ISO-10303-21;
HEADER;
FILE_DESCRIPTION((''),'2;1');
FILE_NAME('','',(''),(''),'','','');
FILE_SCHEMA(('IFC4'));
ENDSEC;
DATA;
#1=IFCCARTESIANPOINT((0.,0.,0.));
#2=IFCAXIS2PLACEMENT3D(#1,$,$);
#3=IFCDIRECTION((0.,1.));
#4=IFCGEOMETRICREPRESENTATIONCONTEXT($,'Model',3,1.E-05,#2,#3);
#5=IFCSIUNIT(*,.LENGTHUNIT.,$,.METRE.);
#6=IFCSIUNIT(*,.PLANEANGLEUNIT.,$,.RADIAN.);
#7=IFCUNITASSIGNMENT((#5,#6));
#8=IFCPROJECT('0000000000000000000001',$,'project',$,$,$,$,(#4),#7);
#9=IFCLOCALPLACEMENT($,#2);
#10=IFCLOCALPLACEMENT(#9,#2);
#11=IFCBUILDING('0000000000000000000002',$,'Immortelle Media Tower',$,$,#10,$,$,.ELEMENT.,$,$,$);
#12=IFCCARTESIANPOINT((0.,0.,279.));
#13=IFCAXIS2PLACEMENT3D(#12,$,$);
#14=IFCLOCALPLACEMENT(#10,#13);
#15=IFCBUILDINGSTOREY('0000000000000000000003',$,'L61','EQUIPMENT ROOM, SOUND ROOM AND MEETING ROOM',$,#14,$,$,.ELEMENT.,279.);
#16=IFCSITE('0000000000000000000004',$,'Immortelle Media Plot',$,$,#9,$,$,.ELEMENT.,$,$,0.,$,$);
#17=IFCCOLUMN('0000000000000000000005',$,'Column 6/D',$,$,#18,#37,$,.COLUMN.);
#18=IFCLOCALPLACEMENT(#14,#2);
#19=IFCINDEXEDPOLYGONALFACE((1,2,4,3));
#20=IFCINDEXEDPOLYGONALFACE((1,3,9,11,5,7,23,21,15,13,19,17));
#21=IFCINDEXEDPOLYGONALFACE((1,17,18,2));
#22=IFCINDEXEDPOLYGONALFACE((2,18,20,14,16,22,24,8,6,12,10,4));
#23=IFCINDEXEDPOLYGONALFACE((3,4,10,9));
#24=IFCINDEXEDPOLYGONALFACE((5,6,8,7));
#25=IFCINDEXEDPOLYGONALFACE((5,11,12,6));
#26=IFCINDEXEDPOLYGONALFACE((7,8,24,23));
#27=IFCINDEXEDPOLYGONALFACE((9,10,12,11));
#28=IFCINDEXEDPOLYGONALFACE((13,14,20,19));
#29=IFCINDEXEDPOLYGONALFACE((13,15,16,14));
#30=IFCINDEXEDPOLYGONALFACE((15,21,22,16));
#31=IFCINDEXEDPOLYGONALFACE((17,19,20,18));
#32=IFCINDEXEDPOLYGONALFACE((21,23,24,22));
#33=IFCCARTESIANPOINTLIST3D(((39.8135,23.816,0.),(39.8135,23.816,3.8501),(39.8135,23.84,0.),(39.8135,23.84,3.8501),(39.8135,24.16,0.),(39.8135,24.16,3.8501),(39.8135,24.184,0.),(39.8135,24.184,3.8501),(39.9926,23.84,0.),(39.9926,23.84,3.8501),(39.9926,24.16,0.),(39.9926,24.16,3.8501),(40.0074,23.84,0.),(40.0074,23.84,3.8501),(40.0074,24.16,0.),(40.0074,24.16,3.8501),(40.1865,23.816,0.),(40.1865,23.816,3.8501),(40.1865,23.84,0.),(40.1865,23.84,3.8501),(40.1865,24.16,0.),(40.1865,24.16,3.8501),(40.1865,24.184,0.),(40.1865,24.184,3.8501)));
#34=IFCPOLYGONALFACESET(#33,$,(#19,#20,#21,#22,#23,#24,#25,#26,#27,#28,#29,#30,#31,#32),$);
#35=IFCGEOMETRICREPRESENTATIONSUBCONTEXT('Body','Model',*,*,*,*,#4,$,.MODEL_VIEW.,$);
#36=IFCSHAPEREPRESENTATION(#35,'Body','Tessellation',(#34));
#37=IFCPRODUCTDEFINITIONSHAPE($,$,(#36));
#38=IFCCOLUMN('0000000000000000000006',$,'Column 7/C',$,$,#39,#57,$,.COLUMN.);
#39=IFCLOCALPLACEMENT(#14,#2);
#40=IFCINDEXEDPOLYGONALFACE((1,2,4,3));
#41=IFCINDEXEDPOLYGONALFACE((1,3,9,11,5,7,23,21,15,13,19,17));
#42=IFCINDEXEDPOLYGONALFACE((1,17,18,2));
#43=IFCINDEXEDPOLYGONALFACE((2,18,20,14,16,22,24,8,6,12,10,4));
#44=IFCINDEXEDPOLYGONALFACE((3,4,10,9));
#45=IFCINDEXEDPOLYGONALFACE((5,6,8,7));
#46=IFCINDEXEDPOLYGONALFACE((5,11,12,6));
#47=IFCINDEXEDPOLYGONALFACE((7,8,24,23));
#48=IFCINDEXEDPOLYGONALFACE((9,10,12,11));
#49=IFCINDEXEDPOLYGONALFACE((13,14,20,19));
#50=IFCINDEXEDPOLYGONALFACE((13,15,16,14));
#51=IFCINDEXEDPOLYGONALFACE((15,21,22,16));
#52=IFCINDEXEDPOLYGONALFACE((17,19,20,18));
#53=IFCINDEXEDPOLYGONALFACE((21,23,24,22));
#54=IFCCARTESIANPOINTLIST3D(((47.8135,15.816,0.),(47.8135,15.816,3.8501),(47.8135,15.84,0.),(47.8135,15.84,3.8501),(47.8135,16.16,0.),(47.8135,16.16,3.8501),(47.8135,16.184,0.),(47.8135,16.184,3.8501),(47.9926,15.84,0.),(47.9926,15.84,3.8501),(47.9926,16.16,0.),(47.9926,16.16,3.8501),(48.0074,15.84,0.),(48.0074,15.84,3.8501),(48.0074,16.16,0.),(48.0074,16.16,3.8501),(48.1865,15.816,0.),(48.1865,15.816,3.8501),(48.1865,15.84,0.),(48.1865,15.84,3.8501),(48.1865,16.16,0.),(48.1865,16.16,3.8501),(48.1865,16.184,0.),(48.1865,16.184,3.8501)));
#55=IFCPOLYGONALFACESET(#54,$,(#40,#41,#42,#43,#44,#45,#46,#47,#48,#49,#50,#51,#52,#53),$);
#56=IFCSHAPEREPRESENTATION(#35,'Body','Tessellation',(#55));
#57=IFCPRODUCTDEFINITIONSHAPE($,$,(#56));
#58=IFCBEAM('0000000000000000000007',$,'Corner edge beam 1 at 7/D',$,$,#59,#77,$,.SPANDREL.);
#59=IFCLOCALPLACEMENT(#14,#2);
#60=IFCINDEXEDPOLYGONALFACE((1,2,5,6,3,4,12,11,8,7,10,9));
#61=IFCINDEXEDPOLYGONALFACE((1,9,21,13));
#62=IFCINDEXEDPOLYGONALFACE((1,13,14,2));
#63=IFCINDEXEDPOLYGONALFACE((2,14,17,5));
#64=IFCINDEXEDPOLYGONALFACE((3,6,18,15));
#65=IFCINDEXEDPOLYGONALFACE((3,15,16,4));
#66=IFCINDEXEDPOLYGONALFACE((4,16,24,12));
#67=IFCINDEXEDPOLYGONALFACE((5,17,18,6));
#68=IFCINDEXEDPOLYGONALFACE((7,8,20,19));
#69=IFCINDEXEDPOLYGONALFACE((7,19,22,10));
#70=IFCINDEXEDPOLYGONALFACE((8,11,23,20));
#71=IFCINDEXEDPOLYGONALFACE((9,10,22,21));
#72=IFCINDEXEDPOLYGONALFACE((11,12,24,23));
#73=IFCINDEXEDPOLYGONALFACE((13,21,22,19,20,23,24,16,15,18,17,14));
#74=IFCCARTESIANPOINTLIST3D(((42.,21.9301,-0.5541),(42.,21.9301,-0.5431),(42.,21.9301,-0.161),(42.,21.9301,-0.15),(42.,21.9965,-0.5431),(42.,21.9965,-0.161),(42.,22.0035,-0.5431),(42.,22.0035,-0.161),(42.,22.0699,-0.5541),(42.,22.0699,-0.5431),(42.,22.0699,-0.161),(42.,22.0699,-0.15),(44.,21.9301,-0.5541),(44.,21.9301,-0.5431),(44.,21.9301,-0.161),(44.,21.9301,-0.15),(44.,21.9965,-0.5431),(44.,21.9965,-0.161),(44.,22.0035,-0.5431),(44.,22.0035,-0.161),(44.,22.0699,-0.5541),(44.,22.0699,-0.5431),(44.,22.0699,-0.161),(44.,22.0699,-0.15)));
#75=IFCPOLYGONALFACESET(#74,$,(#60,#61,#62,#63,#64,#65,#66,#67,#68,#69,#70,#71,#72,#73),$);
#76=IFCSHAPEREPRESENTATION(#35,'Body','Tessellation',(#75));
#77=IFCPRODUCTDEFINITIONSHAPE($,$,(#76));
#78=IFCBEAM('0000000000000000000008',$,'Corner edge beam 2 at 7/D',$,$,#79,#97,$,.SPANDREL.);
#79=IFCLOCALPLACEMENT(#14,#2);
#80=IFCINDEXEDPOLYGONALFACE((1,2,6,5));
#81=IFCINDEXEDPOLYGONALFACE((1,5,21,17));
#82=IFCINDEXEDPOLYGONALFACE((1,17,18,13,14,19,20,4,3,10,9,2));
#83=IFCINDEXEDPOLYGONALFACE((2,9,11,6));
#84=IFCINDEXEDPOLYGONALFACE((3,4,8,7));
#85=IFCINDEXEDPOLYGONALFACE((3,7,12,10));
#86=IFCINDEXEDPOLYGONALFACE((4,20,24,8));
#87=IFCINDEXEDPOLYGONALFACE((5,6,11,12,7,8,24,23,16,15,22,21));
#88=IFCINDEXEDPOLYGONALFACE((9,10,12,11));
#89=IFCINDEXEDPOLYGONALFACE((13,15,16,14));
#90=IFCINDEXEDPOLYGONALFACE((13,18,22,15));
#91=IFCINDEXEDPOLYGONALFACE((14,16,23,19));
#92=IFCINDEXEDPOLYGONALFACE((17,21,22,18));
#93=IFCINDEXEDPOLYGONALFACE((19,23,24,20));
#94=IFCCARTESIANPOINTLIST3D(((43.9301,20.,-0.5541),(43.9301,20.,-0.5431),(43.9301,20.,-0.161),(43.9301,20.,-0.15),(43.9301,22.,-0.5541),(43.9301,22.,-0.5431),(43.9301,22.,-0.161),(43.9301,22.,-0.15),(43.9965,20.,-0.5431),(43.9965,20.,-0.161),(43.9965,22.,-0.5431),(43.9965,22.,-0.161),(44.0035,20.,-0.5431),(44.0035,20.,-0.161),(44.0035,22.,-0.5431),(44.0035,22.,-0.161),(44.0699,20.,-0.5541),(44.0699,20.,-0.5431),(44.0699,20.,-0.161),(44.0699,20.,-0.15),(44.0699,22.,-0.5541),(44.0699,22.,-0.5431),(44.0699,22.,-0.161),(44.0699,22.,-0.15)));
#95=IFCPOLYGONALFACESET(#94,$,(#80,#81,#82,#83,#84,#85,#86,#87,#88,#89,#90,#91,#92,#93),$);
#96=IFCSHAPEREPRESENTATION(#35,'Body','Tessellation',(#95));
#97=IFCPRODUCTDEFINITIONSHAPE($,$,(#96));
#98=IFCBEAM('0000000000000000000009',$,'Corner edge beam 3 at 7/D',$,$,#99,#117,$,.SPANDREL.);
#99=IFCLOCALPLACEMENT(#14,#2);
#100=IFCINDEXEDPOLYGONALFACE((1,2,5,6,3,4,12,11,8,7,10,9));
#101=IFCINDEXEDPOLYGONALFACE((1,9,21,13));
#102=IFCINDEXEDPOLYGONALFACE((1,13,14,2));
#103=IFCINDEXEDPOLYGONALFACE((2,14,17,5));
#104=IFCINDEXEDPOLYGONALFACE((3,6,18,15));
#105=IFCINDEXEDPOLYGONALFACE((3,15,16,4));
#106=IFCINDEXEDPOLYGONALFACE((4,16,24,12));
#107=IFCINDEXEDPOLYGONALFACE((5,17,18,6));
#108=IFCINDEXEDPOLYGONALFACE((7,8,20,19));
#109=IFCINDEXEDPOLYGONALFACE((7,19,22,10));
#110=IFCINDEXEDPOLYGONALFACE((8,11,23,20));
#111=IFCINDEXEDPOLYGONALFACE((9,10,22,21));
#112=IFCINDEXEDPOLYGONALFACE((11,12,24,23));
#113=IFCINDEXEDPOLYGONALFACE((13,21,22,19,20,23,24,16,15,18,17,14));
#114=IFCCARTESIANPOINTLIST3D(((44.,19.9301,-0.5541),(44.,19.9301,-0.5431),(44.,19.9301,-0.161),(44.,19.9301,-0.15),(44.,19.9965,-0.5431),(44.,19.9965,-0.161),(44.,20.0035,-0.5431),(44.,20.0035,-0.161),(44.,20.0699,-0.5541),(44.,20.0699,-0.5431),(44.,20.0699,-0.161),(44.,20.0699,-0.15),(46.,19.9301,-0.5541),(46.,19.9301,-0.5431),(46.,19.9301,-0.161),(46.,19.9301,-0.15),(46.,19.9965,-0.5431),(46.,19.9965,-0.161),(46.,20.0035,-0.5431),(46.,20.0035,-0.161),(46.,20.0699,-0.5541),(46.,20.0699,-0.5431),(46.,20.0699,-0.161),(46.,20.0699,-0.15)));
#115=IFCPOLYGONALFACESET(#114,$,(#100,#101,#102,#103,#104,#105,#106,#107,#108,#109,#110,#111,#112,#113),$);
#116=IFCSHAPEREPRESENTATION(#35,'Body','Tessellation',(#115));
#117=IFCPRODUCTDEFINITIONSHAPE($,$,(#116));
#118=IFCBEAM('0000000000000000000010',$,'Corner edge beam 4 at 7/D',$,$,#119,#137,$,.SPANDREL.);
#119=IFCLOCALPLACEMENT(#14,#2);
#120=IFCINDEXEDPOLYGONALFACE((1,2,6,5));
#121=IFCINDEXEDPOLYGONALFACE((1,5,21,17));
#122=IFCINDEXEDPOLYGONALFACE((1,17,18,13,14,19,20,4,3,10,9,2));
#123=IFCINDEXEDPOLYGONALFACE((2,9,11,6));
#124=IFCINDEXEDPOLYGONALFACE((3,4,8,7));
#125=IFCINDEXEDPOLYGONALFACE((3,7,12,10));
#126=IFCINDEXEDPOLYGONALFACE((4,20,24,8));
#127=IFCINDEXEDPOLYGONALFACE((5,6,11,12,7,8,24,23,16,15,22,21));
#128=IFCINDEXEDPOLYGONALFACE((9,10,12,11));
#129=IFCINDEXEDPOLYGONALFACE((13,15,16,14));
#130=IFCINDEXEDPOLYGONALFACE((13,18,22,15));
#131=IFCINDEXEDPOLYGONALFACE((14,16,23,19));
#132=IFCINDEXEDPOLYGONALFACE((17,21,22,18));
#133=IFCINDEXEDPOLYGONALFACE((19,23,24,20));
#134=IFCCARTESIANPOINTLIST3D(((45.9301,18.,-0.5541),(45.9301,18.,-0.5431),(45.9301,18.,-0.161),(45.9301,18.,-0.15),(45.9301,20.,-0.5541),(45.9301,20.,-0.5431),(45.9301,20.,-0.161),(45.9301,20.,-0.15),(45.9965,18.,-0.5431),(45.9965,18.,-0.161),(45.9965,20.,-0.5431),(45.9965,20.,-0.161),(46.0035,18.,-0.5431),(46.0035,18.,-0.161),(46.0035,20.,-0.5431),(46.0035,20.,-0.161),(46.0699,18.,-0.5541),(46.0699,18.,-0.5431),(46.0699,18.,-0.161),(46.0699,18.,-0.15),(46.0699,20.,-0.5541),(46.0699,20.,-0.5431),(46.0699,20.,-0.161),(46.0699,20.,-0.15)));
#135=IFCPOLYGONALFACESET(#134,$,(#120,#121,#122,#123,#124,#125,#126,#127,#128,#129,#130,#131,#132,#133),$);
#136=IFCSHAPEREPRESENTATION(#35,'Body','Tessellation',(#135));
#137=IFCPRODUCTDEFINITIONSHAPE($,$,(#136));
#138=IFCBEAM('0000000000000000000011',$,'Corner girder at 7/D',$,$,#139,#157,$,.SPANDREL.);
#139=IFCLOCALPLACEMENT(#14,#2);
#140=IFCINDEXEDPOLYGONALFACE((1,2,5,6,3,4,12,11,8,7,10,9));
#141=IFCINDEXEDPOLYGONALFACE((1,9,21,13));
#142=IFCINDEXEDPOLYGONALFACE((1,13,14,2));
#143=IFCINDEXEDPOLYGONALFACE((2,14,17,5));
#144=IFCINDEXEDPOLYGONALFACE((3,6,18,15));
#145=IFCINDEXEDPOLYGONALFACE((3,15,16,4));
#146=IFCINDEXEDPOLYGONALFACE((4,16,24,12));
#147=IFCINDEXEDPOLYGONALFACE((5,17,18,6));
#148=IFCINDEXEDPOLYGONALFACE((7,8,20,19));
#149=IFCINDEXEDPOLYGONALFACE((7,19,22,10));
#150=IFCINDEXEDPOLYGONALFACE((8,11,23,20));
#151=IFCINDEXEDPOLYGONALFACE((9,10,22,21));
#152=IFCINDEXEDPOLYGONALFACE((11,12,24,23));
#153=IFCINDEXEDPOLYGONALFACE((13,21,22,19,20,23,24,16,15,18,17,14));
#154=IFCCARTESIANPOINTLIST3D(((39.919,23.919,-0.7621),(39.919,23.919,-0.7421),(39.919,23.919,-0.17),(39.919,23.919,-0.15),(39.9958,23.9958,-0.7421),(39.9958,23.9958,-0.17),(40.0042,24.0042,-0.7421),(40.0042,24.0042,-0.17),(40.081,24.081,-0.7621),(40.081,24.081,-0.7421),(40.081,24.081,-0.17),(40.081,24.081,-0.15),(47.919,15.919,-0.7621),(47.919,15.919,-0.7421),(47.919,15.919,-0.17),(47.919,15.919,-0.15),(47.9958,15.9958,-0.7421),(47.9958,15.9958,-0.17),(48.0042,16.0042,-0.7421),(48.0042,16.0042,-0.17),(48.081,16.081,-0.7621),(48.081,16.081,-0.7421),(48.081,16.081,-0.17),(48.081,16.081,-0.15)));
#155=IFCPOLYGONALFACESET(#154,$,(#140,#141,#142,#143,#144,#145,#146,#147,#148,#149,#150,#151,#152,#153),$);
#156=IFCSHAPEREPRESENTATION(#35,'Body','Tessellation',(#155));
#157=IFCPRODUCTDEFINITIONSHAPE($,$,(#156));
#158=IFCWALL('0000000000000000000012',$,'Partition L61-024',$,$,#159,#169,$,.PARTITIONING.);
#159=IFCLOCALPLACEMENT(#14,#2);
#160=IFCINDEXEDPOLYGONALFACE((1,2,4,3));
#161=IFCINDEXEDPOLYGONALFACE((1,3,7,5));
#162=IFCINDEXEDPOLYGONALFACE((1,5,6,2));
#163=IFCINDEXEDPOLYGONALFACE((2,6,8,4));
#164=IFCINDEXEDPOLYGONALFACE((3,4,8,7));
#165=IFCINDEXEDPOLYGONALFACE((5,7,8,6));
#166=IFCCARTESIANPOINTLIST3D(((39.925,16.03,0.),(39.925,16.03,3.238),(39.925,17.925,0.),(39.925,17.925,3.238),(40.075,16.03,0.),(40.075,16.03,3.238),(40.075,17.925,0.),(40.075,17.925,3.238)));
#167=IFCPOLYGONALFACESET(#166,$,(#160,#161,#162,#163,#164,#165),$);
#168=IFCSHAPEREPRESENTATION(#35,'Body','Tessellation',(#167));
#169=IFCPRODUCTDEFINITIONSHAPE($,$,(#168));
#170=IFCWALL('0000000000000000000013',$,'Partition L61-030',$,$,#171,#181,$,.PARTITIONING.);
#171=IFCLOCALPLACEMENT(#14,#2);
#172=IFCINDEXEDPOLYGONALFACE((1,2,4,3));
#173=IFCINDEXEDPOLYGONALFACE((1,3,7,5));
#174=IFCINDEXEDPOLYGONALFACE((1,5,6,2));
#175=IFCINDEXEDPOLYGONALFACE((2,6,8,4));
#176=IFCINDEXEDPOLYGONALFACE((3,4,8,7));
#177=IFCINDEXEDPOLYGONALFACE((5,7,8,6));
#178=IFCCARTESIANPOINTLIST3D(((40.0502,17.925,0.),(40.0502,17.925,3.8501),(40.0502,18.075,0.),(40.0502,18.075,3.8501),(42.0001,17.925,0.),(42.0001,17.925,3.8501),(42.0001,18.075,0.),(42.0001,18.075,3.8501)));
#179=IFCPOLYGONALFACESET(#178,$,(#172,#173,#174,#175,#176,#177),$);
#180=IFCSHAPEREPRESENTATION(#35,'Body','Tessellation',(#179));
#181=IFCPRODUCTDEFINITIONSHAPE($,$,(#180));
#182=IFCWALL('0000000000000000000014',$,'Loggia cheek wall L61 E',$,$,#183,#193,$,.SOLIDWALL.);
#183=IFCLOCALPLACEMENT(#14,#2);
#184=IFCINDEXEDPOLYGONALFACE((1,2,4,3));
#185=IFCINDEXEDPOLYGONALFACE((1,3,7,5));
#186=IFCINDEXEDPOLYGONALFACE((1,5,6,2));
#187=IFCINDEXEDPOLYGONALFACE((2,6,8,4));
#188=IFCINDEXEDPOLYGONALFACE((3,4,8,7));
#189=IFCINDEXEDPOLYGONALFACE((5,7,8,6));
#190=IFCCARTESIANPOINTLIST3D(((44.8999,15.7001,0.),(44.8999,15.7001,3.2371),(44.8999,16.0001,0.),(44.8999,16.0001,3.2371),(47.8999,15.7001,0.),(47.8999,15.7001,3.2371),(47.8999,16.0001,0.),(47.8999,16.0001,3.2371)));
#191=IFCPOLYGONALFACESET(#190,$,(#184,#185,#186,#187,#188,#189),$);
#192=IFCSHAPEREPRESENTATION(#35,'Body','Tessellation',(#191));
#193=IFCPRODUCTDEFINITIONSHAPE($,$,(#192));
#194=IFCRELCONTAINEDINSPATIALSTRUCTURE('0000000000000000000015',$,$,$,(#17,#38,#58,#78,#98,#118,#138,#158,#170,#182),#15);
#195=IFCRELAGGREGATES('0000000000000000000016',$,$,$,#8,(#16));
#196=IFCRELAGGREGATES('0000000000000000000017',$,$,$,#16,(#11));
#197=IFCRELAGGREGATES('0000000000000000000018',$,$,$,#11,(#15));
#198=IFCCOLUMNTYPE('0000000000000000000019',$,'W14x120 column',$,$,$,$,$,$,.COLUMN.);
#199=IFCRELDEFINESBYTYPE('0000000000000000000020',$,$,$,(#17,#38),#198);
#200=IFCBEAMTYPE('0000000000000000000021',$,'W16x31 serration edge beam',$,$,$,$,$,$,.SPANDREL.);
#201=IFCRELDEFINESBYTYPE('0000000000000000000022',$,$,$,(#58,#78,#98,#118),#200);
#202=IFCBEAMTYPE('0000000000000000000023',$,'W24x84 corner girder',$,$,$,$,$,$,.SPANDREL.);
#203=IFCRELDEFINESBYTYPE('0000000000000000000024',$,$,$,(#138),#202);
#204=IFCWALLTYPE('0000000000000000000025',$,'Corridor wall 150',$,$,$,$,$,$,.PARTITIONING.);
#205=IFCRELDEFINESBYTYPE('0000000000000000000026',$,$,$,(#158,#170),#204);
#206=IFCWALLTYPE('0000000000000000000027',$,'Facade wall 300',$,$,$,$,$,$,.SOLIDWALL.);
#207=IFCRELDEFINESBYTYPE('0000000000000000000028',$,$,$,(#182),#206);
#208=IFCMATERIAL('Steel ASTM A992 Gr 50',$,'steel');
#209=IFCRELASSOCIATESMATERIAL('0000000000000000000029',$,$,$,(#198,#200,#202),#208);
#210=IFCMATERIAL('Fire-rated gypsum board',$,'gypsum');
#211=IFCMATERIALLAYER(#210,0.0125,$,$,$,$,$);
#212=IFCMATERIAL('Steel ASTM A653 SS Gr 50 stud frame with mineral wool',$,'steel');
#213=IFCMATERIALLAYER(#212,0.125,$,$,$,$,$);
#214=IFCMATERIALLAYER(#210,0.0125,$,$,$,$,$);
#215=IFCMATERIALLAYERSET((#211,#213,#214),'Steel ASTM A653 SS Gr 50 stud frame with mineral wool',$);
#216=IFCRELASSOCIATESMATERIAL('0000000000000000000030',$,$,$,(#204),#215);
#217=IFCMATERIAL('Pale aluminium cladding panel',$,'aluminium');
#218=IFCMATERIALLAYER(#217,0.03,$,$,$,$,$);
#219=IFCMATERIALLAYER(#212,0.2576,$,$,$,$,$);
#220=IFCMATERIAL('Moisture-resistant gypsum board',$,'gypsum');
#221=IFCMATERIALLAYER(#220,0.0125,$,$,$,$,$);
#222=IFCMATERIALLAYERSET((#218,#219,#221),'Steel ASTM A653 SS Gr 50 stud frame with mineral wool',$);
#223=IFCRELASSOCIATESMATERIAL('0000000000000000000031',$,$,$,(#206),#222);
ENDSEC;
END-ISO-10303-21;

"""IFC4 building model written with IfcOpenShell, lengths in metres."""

from ifc_helpers import new_model, si_unit, direction, frame, frame_2d, origin, origin_2d, place, context, subcontext, project, spatial, rectangle, i_section, extrude, material, layer, layer_set, material_profile, profile_set, type_object, element, save


model = new_model("IFC4")

# Units and contexts
model_context = context("Model", 3, precision=1e-05, world=origin(), true_north=direction((0.0, 1.0)))
body_context = subcontext(model_context, "Body", "Model", "MODEL_VIEW")
ifc_project = project(units=[si_unit("LENGTHUNIT", "METRE"), si_unit("PLANEANGLEUNIT", "RADIAN")], contexts=[model_context])

# Site, building, storey
site_placement = place(None, origin())
site = spatial("IfcSite", under=ifc_project, at=site_placement, Name="Immortelle Media Plot", CompositionType="ELEMENT", RefElevation=0.0)
building_placement = place(site_placement, origin())
building = spatial("IfcBuilding", under=site, at=building_placement, Name="Immortelle Media Tower", CompositionType="ELEMENT")
storey_placement = place(building_placement, frame((0.0, 0.0, 279.0)))
storey = spatial("IfcBuildingStorey", under=building, at=storey_placement, Name="L61", Description="EQUIPMENT ROOM, SOUND ROOM AND MEETING ROOM", CompositionType="ELEMENT", Elevation=279.0)

# Columns
ifc_material_1 = material(Name="Steel ASTM A992 Gr 50", Category="steel")
ifc_material_profile_1 = material_profile(ifc_material_1, i_section(OverallWidth=0.373, OverallDepth=0.3679, WebThickness=0.0149, FlangeThickness=0.0239, at=origin_2d()), Name="W14x120")
ifc_profile_set_1 = profile_set([ifc_material_profile_1], Name="Steel ASTM A992 Gr 50")
column_type = type_object("IfcColumnType", Name="W14x120 column", PredefinedType="COLUMN", material=ifc_profile_set_1)
for number, where, z_axis, x_axis, name in (
    (1, (40.0, 24.0, 0.0), (0.0, 0.0, 1.0), (1.0, 0.0, 0.0), "Column 6/D"),
    (2, (48.0, 16.0, 0.0), (0.0, 0.0, 1.0), (1.0, 0.0, 0.0), "Column 7/C"),
):
    element("IfcColumn", number, at=place(storey_placement, frame(where, z_axis=z_axis, x_axis=x_axis)), inside=storey, type_object=column_type, Name=name, PredefinedType="COLUMN", context=body_context, shape_type="SweptSolid", body=[
        extrude(i_section(OverallWidth=0.373, OverallDepth=0.3679, WebThickness=0.0149, FlangeThickness=0.0239, at=origin_2d()), origin(), (0.0, 0.0, 1.0), 3.8501),
    ])

# Beams
ifc_material_profile_2 = material_profile(ifc_material_1, i_section(OverallWidth=0.1399, OverallDepth=0.4041, WebThickness=0.0071, FlangeThickness=0.011, at=origin_2d()), Name="W16x31")
ifc_profile_set_2 = profile_set([ifc_material_profile_2], Name="Steel ASTM A992 Gr 50")
beam_type_1 = type_object("IfcBeamType", Name="W16x31 serration edge beam", PredefinedType="SPANDREL", material=ifc_profile_set_2)
for number, where, z_axis, x_axis, name in (
    (3, (42.0, 22.0, -0.3521), (1.0, 0.0, 0.0), (0.0, 1.0, 0.0), "Corner edge beam 1 at 7/D"),
    (4, (44.0, 22.0, -0.3521), (0.0, -1.0, 0.0), (1.0, 0.0, 0.0), "Corner edge beam 2 at 7/D"),
    (5, (44.0, 20.0, -0.3521), (1.0, 0.0, 0.0), (0.0, 1.0, 0.0), "Corner edge beam 3 at 7/D"),
    (6, (46.0, 20.0, -0.3521), (0.0, -1.0, 0.0), (1.0, 0.0, 0.0), "Corner edge beam 4 at 7/D"),
):
    element("IfcBeam", number, at=place(storey_placement, frame(where, z_axis=z_axis, x_axis=x_axis)), inside=storey, type_object=beam_type_1, Name=name, PredefinedType="SPANDREL", context=body_context, shape_type="SweptSolid", body=[
        extrude(i_section(OverallWidth=0.1399, OverallDepth=0.4041, WebThickness=0.0071, FlangeThickness=0.011, at=origin_2d()), origin(), (0.0, 0.0, 1.0), 2.0),
    ])
ifc_material_profile_3 = material_profile(ifc_material_1, i_section(OverallWidth=0.229, OverallDepth=0.6121, WebThickness=0.012, FlangeThickness=0.02, at=origin_2d()), Name="W24x84")
ifc_profile_set_3 = profile_set([ifc_material_profile_3], Name="Steel ASTM A992 Gr 50")
beam_type_2 = type_object("IfcBeamType", Name="W24x84 corner girder", PredefinedType="SPANDREL", material=ifc_profile_set_3)
beam_placement = place(storey_placement, frame((40.0, 24.0, -0.4561), z_axis=(0.707107, -0.707107, 0.0), x_axis=(0.707107, 0.707107, 0.0)))
element("IfcBeam", 7, at=beam_placement, inside=storey, type_object=beam_type_2, Name="Corner girder at 7/D", PredefinedType="SPANDREL", context=body_context, shape_type="SweptSolid", body=[
    extrude(i_section(OverallWidth=0.229, OverallDepth=0.6121, WebThickness=0.012, FlangeThickness=0.02, at=origin_2d()), origin(), (0.0, 0.0, 1.0), 11.3137),
])

# Walls
ifc_material_2 = material(Name="Fire-rated gypsum board", Category="gypsum")
ifc_layer_1 = layer(ifc_material_2, 0.0125)
ifc_material_3 = material(Name="Steel ASTM A653 SS Gr 50 stud frame with mineral wool", Category="steel")
ifc_layer_2 = layer(ifc_material_3, 0.125)
ifc_layer_3 = layer(ifc_material_2, 0.0125)
ifc_layer_set_1 = layer_set([ifc_layer_1, ifc_layer_2, ifc_layer_3], Name="Steel ASTM A653 SS Gr 50 stud frame with mineral wool")
wall_type_1 = type_object("IfcWallType", Name="Corridor wall 150", PredefinedType="PARTITIONING", material=ifc_layer_set_1)
wall_1_placement = place(storey_placement, frame((40.0, 16.03, 0.0), z_axis=(0.0, 0.0, 1.0), x_axis=(0.0, 1.0, 0.0)))
element("IfcWall", 8, at=wall_1_placement, inside=storey, type_object=wall_type_1, Name="Partition L61-024", PredefinedType="PARTITIONING", context=body_context, shape_type="SweptSolid", body=[
    extrude(rectangle(XDim=1.895, YDim=0.1499, at=frame_2d((0.9475, 0.0))), origin(), (0.0, 0.0, 1.0), 3.238),
])
wall_2_placement = place(storey_placement, frame((40.05, 18.0, 0.0), z_axis=(0.0, 0.0, 1.0), x_axis=(1.0, 0.0, 0.0)))
element("IfcWall", 9, at=wall_2_placement, inside=storey, type_object=wall_type_1, Name="Partition L61-030", PredefinedType="PARTITIONING", context=body_context, shape_type="SweptSolid", body=[
    extrude(rectangle(XDim=1.95, YDim=0.1499, at=frame_2d((0.9751, 0.0))), origin(), (0.0, 0.0, 1.0), 3.8501),
])
ifc_material_4 = material(Name="Pale aluminium cladding panel", Category="aluminium")
ifc_layer_4 = layer(ifc_material_4, 0.03)
ifc_layer_5 = layer(ifc_material_3, 0.2576)
ifc_material_5 = material(Name="Moisture-resistant gypsum board", Category="gypsum")
ifc_layer_6 = layer(ifc_material_5, 0.0125)
ifc_layer_set_2 = layer_set([ifc_layer_4, ifc_layer_5, ifc_layer_6], Name="Steel ASTM A653 SS Gr 50 stud frame with mineral wool")
wall_type_2 = type_object("IfcWallType", Name="Facade wall 300", PredefinedType="SOLIDWALL", material=ifc_layer_set_2)
wall_3_placement = place(storey_placement, frame((47.8999, 15.8501, 0.0), z_axis=(0.0, 0.0, 1.0), x_axis=(-1.0, 0.0, 0.0)))
element("IfcWall", 10, at=wall_3_placement, inside=storey, type_object=wall_type_2, Name="Loggia cheek wall L61 E", PredefinedType="SOLIDWALL", context=body_context, shape_type="SweptSolid", body=[
    extrude(rectangle(XDim=3.0, YDim=0.3, at=frame_2d((1.5, 0.0))), origin(), (0.0, 0.0, 1.0), 3.2371),
])

save(model, "model.ifc")
